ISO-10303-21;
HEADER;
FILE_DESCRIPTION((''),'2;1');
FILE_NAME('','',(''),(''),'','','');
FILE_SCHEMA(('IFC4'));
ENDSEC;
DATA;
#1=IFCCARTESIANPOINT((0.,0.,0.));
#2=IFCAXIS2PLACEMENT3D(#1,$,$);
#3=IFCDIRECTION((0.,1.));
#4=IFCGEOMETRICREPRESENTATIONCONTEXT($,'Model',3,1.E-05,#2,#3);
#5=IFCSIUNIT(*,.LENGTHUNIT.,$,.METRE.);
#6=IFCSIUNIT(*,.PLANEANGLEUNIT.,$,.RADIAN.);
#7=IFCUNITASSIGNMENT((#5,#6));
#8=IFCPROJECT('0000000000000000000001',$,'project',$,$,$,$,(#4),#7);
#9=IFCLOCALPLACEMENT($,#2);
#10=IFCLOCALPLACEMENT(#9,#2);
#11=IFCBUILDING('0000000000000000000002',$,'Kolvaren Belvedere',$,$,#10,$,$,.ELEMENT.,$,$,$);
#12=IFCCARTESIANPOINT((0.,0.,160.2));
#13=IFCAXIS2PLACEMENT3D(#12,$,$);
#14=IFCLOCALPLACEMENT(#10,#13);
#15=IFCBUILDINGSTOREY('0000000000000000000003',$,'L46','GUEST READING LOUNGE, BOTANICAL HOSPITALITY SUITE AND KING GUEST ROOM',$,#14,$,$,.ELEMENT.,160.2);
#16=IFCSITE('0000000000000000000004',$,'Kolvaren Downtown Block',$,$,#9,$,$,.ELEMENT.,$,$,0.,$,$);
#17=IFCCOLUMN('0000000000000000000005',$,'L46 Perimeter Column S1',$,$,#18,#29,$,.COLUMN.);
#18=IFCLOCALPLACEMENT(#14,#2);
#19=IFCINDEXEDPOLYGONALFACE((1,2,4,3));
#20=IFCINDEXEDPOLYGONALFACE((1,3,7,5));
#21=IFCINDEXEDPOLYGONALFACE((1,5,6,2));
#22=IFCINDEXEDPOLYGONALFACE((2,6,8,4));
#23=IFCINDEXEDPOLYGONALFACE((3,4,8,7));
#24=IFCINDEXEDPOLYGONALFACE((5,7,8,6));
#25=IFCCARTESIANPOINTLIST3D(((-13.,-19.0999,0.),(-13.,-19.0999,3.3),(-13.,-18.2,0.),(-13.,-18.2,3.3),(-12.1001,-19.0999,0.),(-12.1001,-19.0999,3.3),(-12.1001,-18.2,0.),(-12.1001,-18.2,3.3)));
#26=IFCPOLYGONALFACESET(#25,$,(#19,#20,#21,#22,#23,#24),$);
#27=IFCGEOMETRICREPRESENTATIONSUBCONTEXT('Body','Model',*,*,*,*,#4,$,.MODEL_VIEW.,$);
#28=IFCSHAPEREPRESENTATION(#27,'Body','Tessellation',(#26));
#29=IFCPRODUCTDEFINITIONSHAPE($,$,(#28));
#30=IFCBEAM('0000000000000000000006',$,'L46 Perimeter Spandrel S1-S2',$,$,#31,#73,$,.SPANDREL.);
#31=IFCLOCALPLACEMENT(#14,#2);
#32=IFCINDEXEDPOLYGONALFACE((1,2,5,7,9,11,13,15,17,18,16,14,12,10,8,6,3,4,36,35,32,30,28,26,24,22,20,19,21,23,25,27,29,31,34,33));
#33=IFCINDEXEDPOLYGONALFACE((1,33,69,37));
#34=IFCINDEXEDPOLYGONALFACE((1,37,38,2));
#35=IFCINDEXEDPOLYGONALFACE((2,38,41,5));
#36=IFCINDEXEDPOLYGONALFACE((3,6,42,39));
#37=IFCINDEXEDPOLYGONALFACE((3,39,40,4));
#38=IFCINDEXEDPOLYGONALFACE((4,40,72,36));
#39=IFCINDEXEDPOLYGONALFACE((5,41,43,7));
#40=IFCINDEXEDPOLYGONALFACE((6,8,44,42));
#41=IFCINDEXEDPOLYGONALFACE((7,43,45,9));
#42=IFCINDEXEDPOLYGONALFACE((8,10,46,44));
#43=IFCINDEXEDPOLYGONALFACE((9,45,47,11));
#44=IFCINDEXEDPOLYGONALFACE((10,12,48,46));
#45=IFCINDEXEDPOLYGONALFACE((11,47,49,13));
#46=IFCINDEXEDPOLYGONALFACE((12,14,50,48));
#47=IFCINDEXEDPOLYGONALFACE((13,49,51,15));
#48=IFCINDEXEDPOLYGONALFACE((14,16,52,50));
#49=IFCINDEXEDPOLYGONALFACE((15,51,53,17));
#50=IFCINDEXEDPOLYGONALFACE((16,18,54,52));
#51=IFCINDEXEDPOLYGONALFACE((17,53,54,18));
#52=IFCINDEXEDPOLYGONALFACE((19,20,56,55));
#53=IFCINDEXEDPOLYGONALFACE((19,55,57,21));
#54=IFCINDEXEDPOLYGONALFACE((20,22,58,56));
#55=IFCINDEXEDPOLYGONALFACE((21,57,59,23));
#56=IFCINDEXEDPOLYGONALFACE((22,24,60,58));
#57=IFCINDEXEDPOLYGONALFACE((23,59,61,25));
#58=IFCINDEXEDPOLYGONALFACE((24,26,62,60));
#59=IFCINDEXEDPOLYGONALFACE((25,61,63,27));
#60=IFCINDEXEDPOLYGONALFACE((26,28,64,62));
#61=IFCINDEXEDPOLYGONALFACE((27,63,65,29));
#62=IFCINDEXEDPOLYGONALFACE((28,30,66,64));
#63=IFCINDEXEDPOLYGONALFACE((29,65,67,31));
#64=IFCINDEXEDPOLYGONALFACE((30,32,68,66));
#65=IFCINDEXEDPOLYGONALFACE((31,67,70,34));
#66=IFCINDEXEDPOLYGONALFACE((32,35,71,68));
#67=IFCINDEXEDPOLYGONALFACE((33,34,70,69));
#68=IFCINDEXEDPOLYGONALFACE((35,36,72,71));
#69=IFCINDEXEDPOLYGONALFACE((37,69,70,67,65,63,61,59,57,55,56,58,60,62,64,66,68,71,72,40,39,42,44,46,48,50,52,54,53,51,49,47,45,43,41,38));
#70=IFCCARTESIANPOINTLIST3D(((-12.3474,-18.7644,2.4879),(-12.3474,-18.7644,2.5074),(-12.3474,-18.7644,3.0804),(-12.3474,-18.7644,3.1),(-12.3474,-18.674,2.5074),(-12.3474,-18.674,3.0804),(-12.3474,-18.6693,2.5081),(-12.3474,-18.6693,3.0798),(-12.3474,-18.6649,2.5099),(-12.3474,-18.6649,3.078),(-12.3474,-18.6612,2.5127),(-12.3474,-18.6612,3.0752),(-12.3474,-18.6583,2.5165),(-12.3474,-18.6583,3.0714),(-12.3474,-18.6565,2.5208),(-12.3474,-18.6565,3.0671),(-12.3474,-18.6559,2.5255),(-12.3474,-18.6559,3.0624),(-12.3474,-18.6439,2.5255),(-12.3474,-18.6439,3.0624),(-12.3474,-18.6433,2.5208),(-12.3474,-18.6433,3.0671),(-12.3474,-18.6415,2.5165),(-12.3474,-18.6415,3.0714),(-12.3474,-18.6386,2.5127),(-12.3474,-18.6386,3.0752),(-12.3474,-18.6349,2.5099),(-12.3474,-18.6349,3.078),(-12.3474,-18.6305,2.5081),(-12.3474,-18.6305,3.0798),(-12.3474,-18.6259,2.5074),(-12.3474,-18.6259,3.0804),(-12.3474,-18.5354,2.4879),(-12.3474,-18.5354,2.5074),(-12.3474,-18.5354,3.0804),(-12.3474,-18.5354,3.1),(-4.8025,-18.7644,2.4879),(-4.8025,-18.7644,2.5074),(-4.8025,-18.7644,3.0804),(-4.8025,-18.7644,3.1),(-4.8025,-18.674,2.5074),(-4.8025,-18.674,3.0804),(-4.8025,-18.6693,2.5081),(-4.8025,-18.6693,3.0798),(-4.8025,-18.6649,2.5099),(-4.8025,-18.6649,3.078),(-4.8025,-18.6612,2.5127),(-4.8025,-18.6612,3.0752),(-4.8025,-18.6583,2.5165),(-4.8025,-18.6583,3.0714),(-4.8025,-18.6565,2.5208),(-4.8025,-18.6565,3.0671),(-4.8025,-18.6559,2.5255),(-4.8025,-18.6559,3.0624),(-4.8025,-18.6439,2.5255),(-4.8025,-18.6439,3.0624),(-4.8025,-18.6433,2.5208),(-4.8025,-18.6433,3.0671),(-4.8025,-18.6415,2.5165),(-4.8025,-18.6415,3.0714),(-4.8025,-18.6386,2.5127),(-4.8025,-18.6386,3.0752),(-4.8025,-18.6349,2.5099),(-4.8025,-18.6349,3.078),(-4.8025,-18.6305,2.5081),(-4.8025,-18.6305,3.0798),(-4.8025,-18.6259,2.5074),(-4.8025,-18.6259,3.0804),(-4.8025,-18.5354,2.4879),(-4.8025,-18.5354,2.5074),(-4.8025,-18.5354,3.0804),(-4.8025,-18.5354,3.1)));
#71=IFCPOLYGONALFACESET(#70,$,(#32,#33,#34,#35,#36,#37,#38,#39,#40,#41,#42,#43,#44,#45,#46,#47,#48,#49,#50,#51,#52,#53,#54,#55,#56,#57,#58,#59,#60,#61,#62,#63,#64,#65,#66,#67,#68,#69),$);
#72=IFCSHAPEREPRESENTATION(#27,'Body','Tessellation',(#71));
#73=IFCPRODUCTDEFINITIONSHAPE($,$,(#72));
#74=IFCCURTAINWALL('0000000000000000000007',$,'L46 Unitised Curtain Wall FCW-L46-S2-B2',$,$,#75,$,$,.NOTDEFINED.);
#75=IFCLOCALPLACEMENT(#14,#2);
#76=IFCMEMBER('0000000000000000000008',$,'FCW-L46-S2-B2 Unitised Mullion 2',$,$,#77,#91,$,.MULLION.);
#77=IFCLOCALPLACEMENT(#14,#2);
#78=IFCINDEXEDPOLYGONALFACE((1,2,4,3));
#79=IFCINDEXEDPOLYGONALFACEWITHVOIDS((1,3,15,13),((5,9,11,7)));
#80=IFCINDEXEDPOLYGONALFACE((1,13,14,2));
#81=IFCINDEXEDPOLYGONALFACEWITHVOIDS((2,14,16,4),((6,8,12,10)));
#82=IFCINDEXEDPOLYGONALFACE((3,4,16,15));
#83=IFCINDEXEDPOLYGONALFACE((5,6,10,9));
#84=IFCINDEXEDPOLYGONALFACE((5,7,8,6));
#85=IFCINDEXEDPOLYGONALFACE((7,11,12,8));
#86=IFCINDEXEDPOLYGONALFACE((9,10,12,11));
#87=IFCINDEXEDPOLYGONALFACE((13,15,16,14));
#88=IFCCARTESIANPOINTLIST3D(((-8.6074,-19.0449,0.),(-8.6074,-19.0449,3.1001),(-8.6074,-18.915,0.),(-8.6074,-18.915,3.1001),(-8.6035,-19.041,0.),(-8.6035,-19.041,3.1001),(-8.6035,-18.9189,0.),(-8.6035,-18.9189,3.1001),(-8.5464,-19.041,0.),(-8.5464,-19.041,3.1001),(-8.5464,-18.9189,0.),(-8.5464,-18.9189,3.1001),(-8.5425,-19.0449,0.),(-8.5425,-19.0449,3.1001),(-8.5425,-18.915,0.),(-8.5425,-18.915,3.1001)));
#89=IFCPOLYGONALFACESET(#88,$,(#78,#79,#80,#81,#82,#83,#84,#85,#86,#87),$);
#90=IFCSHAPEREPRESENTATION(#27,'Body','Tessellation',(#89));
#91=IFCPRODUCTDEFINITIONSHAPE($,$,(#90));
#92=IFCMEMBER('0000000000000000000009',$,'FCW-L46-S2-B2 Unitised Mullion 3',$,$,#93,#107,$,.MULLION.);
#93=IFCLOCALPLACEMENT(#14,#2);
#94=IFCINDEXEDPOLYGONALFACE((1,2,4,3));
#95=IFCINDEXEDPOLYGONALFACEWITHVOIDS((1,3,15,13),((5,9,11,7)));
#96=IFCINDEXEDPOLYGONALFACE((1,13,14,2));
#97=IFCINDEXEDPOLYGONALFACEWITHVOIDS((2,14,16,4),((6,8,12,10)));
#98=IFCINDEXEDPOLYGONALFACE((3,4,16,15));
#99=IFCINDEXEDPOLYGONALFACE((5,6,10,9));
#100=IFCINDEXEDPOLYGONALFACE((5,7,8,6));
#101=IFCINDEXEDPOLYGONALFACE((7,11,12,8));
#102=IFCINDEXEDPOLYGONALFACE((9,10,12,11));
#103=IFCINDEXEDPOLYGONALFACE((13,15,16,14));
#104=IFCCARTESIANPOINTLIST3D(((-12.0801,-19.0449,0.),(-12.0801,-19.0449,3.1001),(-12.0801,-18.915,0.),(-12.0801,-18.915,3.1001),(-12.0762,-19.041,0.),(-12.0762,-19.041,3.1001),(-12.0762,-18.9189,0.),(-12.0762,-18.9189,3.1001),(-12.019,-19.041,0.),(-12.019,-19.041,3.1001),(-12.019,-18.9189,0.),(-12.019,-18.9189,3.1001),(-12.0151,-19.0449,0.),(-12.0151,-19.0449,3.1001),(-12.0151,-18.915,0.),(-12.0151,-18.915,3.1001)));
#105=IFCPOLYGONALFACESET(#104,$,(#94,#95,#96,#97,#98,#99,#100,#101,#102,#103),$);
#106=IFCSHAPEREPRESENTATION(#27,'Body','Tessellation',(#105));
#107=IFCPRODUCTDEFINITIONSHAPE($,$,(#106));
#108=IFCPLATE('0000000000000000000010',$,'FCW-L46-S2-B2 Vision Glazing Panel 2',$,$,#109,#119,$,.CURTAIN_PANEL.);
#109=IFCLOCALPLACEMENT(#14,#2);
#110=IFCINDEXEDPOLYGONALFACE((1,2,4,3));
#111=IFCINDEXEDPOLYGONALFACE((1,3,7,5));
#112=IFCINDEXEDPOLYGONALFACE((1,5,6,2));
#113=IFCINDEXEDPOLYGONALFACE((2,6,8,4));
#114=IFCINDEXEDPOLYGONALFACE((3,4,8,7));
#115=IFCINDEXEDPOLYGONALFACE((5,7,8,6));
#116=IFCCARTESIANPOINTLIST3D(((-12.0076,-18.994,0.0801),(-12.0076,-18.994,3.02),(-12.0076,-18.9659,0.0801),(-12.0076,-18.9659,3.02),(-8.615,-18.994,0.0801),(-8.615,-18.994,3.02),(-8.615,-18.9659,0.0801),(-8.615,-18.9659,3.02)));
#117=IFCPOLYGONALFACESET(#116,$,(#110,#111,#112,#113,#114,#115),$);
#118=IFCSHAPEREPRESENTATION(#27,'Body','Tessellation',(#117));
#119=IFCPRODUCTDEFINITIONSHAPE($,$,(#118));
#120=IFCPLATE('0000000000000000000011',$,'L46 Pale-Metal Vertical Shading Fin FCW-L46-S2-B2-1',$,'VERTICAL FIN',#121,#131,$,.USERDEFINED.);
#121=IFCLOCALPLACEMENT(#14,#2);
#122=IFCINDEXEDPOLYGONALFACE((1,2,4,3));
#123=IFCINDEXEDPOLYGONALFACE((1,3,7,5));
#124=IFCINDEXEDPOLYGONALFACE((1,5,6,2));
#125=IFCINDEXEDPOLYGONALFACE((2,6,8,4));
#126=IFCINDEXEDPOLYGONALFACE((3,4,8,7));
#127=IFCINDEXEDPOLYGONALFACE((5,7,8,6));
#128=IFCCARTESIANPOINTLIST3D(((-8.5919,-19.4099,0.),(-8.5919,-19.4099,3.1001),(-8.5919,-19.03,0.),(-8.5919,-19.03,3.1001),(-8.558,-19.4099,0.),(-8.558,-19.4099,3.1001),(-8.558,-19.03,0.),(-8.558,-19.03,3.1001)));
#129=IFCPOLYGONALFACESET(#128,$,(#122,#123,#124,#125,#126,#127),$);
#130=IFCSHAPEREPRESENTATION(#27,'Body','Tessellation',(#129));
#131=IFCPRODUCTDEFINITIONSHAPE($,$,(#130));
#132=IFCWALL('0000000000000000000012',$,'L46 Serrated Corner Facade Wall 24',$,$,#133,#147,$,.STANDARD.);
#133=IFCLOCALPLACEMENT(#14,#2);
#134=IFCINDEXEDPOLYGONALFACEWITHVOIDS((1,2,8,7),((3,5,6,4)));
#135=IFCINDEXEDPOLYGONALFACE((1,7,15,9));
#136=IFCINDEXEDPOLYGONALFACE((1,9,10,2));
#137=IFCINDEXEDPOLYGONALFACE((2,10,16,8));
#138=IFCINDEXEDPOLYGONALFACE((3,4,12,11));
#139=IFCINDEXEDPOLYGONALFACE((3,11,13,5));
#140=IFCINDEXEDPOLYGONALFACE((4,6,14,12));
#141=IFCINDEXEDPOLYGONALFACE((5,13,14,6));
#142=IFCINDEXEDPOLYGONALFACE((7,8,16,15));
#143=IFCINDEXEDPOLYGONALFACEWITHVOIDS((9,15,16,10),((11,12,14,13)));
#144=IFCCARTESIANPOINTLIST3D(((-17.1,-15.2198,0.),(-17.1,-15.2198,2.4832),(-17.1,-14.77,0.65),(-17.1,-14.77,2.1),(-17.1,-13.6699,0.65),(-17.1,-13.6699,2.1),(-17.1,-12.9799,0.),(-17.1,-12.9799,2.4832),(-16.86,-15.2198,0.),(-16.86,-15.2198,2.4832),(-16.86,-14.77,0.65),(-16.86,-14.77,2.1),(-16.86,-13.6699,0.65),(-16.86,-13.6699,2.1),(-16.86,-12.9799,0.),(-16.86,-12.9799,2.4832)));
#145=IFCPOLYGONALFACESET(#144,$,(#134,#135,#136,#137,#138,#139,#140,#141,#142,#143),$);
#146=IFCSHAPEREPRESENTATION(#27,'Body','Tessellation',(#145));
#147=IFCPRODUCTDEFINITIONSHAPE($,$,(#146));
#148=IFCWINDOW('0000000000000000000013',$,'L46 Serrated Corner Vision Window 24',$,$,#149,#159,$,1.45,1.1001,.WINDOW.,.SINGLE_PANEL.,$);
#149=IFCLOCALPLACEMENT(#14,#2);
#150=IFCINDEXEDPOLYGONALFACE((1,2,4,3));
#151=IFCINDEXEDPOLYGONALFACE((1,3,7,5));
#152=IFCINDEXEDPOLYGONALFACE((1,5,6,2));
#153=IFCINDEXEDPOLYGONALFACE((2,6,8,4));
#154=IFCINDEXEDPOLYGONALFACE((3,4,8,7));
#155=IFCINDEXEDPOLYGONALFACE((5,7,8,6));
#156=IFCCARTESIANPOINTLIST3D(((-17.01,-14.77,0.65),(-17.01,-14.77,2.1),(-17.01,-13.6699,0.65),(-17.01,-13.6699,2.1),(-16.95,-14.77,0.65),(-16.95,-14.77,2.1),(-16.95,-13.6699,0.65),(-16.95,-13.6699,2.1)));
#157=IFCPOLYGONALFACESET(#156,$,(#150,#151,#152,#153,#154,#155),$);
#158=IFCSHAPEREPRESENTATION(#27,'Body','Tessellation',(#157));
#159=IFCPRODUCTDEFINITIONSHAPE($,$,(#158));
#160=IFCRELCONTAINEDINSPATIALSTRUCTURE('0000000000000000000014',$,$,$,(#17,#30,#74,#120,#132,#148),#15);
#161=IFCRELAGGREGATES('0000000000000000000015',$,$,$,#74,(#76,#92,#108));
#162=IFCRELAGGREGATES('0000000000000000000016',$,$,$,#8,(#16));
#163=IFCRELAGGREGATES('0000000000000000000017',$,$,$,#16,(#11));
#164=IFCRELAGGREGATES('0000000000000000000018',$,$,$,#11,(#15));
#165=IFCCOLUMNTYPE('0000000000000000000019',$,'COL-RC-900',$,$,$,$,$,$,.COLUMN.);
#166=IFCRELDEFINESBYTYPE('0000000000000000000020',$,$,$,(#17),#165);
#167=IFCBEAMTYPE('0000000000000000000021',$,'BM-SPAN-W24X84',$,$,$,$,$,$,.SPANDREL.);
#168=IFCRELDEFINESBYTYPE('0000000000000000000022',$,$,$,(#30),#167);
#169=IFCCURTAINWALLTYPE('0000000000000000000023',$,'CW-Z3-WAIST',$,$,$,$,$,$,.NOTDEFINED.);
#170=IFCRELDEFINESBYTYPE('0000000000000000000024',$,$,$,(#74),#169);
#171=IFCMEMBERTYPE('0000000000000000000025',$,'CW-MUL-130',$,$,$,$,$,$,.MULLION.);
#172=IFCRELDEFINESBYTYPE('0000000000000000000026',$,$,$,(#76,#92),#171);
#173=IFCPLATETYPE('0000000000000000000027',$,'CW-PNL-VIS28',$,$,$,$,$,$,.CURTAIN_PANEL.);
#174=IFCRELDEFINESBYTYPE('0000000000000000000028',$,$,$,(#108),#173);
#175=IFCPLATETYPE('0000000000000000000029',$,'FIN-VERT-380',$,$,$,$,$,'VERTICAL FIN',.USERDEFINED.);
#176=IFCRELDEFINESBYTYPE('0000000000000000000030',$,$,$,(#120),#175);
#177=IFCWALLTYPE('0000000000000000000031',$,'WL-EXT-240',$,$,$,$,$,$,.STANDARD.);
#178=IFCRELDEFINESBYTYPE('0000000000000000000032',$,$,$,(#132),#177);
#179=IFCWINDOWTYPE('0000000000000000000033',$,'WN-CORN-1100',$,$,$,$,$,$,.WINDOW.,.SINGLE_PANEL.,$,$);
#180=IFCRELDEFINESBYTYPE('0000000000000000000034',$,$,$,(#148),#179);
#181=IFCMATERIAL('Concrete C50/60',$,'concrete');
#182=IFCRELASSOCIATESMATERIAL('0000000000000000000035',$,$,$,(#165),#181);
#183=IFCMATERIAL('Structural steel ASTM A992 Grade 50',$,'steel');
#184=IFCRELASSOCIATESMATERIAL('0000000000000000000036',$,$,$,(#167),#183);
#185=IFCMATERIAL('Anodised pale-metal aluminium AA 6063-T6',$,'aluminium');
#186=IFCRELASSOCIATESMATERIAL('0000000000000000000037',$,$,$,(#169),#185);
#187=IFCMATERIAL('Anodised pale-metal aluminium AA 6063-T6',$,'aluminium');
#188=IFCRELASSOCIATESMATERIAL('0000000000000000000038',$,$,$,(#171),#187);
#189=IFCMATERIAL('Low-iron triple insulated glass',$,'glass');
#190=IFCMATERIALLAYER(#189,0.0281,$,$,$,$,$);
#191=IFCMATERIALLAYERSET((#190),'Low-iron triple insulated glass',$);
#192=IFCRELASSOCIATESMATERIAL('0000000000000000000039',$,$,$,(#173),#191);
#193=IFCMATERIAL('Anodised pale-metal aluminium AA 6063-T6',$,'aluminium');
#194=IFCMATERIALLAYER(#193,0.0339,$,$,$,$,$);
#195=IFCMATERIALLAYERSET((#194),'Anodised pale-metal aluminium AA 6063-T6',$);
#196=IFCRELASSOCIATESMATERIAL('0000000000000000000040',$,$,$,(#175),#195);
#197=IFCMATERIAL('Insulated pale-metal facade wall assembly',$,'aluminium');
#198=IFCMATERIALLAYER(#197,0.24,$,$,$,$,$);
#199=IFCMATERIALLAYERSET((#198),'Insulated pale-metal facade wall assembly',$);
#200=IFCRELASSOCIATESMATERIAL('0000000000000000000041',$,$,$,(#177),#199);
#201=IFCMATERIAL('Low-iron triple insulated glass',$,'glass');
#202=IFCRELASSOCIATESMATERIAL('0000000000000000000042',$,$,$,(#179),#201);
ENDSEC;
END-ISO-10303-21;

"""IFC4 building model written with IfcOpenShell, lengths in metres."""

from ifc_helpers import new_model, si_unit, direction, frame, frame_2d, origin, origin_2d, place, context, subcontext, project, spatial, rectangle, hollow_rectangle, i_section, extrude, material, layer, layer_set, material_profile, profile_set, type_object, element, fill, aggregate, save


model = new_model("IFC4")

# Units and contexts
model_context = context("Model", 3, precision=1e-05, world=origin(), true_north=direction((0.0, 1.0)))
body_context = subcontext(model_context, "Body", "Model", "MODEL_VIEW")
ifc_project = project(units=[si_unit("LENGTHUNIT", "METRE"), si_unit("PLANEANGLEUNIT", "RADIAN")], contexts=[model_context])

# Site, building, storey
site_placement = place(None, origin())
site = spatial("IfcSite", under=ifc_project, at=site_placement, Name="Kolvaren Downtown Block", CompositionType="ELEMENT", RefElevation=0.0)
building_placement = place(site_placement, origin())
building = spatial("IfcBuilding", under=site, at=building_placement, Name="Kolvaren Belvedere", CompositionType="ELEMENT")
storey_placement = place(building_placement, frame((0.0, 0.0, 160.2)))
storey = spatial("IfcBuildingStorey", under=building, at=storey_placement, Name="L46", Description="GUEST READING LOUNGE, BOTANICAL HOSPITALITY SUITE AND KING GUEST ROOM", CompositionType="ELEMENT", Elevation=160.2)

# Column
ifc_material_1 = material(Name="Concrete C50/60", Category="concrete")
ifc_material_profile_1 = material_profile(ifc_material_1, rectangle(XDim=0.8999, YDim=0.8999, at=origin_2d()), Name="RC 900X900")
ifc_profile_set_1 = profile_set([ifc_material_profile_1], Name="Concrete C50/60")
column_type = type_object("IfcColumnType", Name="COL-RC-900", PredefinedType="COLUMN", material=ifc_profile_set_1)
column_placement = place(storey_placement, frame((-12.55, -18.6499, 0.0), z_axis=(0.0, 0.0, 1.0), x_axis=(1.0, 0.0, 0.0)))
element("IfcColumn", 1, at=column_placement, inside=storey, type_object=column_type, Name="L46 Perimeter Column S1", PredefinedType="COLUMN", context=body_context, shape_type="SweptSolid", body=[
    extrude(rectangle(XDim=0.8999, YDim=0.8999, at=origin_2d()), origin(), (0.0, 0.0, 1.0), 3.3),
])

# Beam
ifc_material_2 = material(Name="Structural steel ASTM A992 Grade 50", Category="steel")
ifc_material_profile_2 = material_profile(ifc_material_2, i_section(OverallWidth=0.229, OverallDepth=0.6121, WebThickness=0.012, FlangeThickness=0.0195, FilletRadius=0.0181, at=origin_2d()), Name="W24X84")
ifc_profile_set_2 = profile_set([ifc_material_profile_2], Name="Structural steel ASTM A992 Grade 50")
beam_type = type_object("IfcBeamType", Name="BM-SPAN-W24X84", PredefinedType="SPANDREL", material=ifc_profile_set_2)
beam_placement = place(storey_placement, frame((-12.3474, -18.6499, 2.7939), z_axis=(1.0, 0.0, 0.0), x_axis=(0.0, 1.0, 0.0)))
element("IfcBeam", 2, at=beam_placement, inside=storey, type_object=beam_type, Name="L46 Perimeter Spandrel S1-S2", PredefinedType="SPANDREL", context=body_context, shape_type="SweptSolid", body=[
    extrude(i_section(OverallWidth=0.229, OverallDepth=0.6121, WebThickness=0.012, FlangeThickness=0.0195, FilletRadius=0.0181, at=origin_2d()), origin(), (0.0, 0.0, 1.0), 7.5449),
])

# Curtain wall, members, plate
ifc_material_3 = material(Name="Anodised pale-metal aluminium AA 6063-T6", Category="aluminium")
curtain_wall_type = type_object("IfcCurtainWallType", Name="CW-Z3-WAIST", PredefinedType="NOTDEFINED", material=ifc_material_3)
curtain_wall_placement = place(storey_placement, origin())
curtain_wall = element("IfcCurtainWall", 3, at=curtain_wall_placement, inside=storey, type_object=curtain_wall_type, Name="L46 Unitised Curtain Wall FCW-L46-S2-B2", PredefinedType="NOTDEFINED")
ifc_material_4 = material(Name="Anodised pale-metal aluminium AA 6063-T6", Category="aluminium")
ifc_material_profile_3 = material_profile(ifc_material_4, hollow_rectangle(XDim=0.0649, YDim=0.1299, WallThickness=0.0039, at=origin_2d()), Name="ALU-MUL-130X65")
ifc_profile_set_3 = profile_set([ifc_material_profile_3], Name="Anodised pale-metal aluminium AA 6063-T6")
member_type = type_object("IfcMemberType", Name="CW-MUL-130", PredefinedType="MULLION", material=ifc_profile_set_3)
member_1_placement = place(storey_placement, frame((-8.575, -18.98, 0.0), z_axis=(0.0, 0.0, 1.0), x_axis=(1.0, 0.0, 0.0)))
member_1 = element("IfcMember", 4, at=member_1_placement, type_object=member_type, Name="FCW-L46-S2-B2 Unitised Mullion 2", PredefinedType="MULLION", context=body_context, shape_type="SweptSolid", body=[
    extrude(hollow_rectangle(XDim=0.0649, YDim=0.1299, WallThickness=0.0039, at=origin_2d()), origin(), (0.0, 0.0, 1.0), 3.1001),
])
member_2_placement = place(storey_placement, frame((-12.0476, -18.98, 0.0), z_axis=(0.0, 0.0, 1.0), x_axis=(1.0, 0.0, 0.0)))
member_2 = element("IfcMember", 5, at=member_2_placement, type_object=member_type, Name="FCW-L46-S2-B2 Unitised Mullion 3", PredefinedType="MULLION", context=body_context, shape_type="SweptSolid", body=[
    extrude(hollow_rectangle(XDim=0.0649, YDim=0.1299, WallThickness=0.0039, at=origin_2d()), origin(), (0.0, 0.0, 1.0), 3.1001),
])
ifc_material_5 = material(Name="Low-iron triple insulated glass", Category="glass")
ifc_layer_1 = layer(ifc_material_5, 0.0281)
ifc_layer_set_1 = layer_set([ifc_layer_1], Name="Low-iron triple insulated glass")
plate_type_1 = type_object("IfcPlateType", Name="CW-PNL-VIS28", PredefinedType="CURTAIN_PANEL", material=ifc_layer_set_1)
plate_1_placement = place(storey_placement, frame((-10.3113, -18.98, 0.0801), z_axis=(0.0, 0.0, 1.0), x_axis=(-1.0, 0.0, 0.0)))
plate_1 = element("IfcPlate", 6, at=plate_1_placement, type_object=plate_type_1, Name="FCW-L46-S2-B2 Vision Glazing Panel 2", PredefinedType="CURTAIN_PANEL", context=body_context, shape_type="SweptSolid", body=[
    extrude(rectangle(XDim=3.3926, YDim=0.0281, at=origin_2d()), origin(), (0.0, 0.0, 1.0), 2.9399),
])
aggregate(curtain_wall, [member_1, member_2, plate_1])

# Plate
ifc_material_6 = material(Name="Anodised pale-metal aluminium AA 6063-T6", Category="aluminium")
ifc_layer_2 = layer(ifc_material_6, 0.0339)
ifc_layer_set_2 = layer_set([ifc_layer_2], Name="Anodised pale-metal aluminium AA 6063-T6")
plate_type_2 = type_object("IfcPlateType", Name="FIN-VERT-380", ElementType="VERTICAL FIN", PredefinedType="USERDEFINED", material=ifc_layer_set_2)
plate_2_placement = place(storey_placement, frame((-8.575, -19.22, 0.0), z_axis=(0.0, 0.0, 1.0), x_axis=(0.0, 1.0, 0.0)))
element("IfcPlate", 7, at=plate_2_placement, inside=storey, type_object=plate_type_2, Name="L46 Pale-Metal Vertical Shading Fin FCW-L46-S2-B2-1", ObjectType="VERTICAL FIN", PredefinedType="USERDEFINED", context=body_context, shape_type="SweptSolid", body=[
    extrude(rectangle(XDim=0.3799, YDim=0.0339, at=origin_2d()), origin(), (0.0, 0.0, 1.0), 3.1001),
])

# Wall, opening, window
ifc_material_7 = material(Name="Insulated pale-metal facade wall assembly", Category="aluminium")
ifc_layer_3 = layer(ifc_material_7, 0.24)
ifc_layer_set_3 = layer_set([ifc_layer_3], Name="Insulated pale-metal facade wall assembly")
wall_type_1 = type_object("IfcWallType", Name="WL-EXT-240", PredefinedType="STANDARD", material=ifc_layer_set_3)
wall_1_placement = place(storey_placement, frame((-16.98, -15.22, 0.0), z_axis=(0.0, 0.0, 1.0), x_axis=(0.0, 1.0, 0.0)))
wall_1 = element("IfcWall", 8, at=wall_1_placement, inside=storey, type_object=wall_type_1, Name="L46 Serrated Corner Facade Wall 24", PredefinedType="STANDARD", context=body_context, shape_type="SweptSolid", body=[
    extrude(rectangle(XDim=2.24, YDim=0.24, at=frame_2d((1.1201, 0.0))), origin(), (0.0, 0.0, 1.0), 2.4832),
])
opening_1_placement = place(wall_1_placement, frame((0.45, 0.0, 0.6499)))
opening_1 = element("IfcOpeningElement", 9, at=opening_1_placement, cuts=wall_1, PredefinedType="OPENING", context=body_context, shape_type="SweptSolid", body=[
    extrude(rectangle(XDim=1.1001, YDim=1.45, at=frame_2d((0.55, 0.7251))), frame((0.0, 0.1299, 0.0), z_axis=(0.0, -1.0, 0.0), x_axis=(1.0, 0.0, 0.0)), (0.0, 0.0, 1.0), 0.26),
])
ifc_material_8 = material(Name="Low-iron triple insulated glass", Category="glass")
window_type = type_object("IfcWindowType", Name="WN-CORN-1100", PartitioningType="SINGLE_PANEL", PredefinedType="WINDOW", material=ifc_material_8)
window_1_placement = place(opening_1_placement, origin())
window_1 = element("IfcWindow", 10, at=window_1_placement, inside=storey, type_object=window_type, Name="L46 Serrated Corner Vision Window 24", OverallHeight=1.45, OverallWidth=1.1001, PartitioningType="SINGLE_PANEL", PredefinedType="WINDOW", context=body_context, shape_type="SweptSolid", body=[
    extrude(rectangle(XDim=1.1001, YDim=1.45, at=frame_2d((0.55, 0.7251))), frame((0.0, 0.03, 0.0), z_axis=(0.0, -1.0, 0.0), x_axis=(1.0, 0.0, 0.0)), (0.0, 0.0, 1.0), 0.0601),
])
fill(opening_1, window_1)

save(model, "model.ifc")
